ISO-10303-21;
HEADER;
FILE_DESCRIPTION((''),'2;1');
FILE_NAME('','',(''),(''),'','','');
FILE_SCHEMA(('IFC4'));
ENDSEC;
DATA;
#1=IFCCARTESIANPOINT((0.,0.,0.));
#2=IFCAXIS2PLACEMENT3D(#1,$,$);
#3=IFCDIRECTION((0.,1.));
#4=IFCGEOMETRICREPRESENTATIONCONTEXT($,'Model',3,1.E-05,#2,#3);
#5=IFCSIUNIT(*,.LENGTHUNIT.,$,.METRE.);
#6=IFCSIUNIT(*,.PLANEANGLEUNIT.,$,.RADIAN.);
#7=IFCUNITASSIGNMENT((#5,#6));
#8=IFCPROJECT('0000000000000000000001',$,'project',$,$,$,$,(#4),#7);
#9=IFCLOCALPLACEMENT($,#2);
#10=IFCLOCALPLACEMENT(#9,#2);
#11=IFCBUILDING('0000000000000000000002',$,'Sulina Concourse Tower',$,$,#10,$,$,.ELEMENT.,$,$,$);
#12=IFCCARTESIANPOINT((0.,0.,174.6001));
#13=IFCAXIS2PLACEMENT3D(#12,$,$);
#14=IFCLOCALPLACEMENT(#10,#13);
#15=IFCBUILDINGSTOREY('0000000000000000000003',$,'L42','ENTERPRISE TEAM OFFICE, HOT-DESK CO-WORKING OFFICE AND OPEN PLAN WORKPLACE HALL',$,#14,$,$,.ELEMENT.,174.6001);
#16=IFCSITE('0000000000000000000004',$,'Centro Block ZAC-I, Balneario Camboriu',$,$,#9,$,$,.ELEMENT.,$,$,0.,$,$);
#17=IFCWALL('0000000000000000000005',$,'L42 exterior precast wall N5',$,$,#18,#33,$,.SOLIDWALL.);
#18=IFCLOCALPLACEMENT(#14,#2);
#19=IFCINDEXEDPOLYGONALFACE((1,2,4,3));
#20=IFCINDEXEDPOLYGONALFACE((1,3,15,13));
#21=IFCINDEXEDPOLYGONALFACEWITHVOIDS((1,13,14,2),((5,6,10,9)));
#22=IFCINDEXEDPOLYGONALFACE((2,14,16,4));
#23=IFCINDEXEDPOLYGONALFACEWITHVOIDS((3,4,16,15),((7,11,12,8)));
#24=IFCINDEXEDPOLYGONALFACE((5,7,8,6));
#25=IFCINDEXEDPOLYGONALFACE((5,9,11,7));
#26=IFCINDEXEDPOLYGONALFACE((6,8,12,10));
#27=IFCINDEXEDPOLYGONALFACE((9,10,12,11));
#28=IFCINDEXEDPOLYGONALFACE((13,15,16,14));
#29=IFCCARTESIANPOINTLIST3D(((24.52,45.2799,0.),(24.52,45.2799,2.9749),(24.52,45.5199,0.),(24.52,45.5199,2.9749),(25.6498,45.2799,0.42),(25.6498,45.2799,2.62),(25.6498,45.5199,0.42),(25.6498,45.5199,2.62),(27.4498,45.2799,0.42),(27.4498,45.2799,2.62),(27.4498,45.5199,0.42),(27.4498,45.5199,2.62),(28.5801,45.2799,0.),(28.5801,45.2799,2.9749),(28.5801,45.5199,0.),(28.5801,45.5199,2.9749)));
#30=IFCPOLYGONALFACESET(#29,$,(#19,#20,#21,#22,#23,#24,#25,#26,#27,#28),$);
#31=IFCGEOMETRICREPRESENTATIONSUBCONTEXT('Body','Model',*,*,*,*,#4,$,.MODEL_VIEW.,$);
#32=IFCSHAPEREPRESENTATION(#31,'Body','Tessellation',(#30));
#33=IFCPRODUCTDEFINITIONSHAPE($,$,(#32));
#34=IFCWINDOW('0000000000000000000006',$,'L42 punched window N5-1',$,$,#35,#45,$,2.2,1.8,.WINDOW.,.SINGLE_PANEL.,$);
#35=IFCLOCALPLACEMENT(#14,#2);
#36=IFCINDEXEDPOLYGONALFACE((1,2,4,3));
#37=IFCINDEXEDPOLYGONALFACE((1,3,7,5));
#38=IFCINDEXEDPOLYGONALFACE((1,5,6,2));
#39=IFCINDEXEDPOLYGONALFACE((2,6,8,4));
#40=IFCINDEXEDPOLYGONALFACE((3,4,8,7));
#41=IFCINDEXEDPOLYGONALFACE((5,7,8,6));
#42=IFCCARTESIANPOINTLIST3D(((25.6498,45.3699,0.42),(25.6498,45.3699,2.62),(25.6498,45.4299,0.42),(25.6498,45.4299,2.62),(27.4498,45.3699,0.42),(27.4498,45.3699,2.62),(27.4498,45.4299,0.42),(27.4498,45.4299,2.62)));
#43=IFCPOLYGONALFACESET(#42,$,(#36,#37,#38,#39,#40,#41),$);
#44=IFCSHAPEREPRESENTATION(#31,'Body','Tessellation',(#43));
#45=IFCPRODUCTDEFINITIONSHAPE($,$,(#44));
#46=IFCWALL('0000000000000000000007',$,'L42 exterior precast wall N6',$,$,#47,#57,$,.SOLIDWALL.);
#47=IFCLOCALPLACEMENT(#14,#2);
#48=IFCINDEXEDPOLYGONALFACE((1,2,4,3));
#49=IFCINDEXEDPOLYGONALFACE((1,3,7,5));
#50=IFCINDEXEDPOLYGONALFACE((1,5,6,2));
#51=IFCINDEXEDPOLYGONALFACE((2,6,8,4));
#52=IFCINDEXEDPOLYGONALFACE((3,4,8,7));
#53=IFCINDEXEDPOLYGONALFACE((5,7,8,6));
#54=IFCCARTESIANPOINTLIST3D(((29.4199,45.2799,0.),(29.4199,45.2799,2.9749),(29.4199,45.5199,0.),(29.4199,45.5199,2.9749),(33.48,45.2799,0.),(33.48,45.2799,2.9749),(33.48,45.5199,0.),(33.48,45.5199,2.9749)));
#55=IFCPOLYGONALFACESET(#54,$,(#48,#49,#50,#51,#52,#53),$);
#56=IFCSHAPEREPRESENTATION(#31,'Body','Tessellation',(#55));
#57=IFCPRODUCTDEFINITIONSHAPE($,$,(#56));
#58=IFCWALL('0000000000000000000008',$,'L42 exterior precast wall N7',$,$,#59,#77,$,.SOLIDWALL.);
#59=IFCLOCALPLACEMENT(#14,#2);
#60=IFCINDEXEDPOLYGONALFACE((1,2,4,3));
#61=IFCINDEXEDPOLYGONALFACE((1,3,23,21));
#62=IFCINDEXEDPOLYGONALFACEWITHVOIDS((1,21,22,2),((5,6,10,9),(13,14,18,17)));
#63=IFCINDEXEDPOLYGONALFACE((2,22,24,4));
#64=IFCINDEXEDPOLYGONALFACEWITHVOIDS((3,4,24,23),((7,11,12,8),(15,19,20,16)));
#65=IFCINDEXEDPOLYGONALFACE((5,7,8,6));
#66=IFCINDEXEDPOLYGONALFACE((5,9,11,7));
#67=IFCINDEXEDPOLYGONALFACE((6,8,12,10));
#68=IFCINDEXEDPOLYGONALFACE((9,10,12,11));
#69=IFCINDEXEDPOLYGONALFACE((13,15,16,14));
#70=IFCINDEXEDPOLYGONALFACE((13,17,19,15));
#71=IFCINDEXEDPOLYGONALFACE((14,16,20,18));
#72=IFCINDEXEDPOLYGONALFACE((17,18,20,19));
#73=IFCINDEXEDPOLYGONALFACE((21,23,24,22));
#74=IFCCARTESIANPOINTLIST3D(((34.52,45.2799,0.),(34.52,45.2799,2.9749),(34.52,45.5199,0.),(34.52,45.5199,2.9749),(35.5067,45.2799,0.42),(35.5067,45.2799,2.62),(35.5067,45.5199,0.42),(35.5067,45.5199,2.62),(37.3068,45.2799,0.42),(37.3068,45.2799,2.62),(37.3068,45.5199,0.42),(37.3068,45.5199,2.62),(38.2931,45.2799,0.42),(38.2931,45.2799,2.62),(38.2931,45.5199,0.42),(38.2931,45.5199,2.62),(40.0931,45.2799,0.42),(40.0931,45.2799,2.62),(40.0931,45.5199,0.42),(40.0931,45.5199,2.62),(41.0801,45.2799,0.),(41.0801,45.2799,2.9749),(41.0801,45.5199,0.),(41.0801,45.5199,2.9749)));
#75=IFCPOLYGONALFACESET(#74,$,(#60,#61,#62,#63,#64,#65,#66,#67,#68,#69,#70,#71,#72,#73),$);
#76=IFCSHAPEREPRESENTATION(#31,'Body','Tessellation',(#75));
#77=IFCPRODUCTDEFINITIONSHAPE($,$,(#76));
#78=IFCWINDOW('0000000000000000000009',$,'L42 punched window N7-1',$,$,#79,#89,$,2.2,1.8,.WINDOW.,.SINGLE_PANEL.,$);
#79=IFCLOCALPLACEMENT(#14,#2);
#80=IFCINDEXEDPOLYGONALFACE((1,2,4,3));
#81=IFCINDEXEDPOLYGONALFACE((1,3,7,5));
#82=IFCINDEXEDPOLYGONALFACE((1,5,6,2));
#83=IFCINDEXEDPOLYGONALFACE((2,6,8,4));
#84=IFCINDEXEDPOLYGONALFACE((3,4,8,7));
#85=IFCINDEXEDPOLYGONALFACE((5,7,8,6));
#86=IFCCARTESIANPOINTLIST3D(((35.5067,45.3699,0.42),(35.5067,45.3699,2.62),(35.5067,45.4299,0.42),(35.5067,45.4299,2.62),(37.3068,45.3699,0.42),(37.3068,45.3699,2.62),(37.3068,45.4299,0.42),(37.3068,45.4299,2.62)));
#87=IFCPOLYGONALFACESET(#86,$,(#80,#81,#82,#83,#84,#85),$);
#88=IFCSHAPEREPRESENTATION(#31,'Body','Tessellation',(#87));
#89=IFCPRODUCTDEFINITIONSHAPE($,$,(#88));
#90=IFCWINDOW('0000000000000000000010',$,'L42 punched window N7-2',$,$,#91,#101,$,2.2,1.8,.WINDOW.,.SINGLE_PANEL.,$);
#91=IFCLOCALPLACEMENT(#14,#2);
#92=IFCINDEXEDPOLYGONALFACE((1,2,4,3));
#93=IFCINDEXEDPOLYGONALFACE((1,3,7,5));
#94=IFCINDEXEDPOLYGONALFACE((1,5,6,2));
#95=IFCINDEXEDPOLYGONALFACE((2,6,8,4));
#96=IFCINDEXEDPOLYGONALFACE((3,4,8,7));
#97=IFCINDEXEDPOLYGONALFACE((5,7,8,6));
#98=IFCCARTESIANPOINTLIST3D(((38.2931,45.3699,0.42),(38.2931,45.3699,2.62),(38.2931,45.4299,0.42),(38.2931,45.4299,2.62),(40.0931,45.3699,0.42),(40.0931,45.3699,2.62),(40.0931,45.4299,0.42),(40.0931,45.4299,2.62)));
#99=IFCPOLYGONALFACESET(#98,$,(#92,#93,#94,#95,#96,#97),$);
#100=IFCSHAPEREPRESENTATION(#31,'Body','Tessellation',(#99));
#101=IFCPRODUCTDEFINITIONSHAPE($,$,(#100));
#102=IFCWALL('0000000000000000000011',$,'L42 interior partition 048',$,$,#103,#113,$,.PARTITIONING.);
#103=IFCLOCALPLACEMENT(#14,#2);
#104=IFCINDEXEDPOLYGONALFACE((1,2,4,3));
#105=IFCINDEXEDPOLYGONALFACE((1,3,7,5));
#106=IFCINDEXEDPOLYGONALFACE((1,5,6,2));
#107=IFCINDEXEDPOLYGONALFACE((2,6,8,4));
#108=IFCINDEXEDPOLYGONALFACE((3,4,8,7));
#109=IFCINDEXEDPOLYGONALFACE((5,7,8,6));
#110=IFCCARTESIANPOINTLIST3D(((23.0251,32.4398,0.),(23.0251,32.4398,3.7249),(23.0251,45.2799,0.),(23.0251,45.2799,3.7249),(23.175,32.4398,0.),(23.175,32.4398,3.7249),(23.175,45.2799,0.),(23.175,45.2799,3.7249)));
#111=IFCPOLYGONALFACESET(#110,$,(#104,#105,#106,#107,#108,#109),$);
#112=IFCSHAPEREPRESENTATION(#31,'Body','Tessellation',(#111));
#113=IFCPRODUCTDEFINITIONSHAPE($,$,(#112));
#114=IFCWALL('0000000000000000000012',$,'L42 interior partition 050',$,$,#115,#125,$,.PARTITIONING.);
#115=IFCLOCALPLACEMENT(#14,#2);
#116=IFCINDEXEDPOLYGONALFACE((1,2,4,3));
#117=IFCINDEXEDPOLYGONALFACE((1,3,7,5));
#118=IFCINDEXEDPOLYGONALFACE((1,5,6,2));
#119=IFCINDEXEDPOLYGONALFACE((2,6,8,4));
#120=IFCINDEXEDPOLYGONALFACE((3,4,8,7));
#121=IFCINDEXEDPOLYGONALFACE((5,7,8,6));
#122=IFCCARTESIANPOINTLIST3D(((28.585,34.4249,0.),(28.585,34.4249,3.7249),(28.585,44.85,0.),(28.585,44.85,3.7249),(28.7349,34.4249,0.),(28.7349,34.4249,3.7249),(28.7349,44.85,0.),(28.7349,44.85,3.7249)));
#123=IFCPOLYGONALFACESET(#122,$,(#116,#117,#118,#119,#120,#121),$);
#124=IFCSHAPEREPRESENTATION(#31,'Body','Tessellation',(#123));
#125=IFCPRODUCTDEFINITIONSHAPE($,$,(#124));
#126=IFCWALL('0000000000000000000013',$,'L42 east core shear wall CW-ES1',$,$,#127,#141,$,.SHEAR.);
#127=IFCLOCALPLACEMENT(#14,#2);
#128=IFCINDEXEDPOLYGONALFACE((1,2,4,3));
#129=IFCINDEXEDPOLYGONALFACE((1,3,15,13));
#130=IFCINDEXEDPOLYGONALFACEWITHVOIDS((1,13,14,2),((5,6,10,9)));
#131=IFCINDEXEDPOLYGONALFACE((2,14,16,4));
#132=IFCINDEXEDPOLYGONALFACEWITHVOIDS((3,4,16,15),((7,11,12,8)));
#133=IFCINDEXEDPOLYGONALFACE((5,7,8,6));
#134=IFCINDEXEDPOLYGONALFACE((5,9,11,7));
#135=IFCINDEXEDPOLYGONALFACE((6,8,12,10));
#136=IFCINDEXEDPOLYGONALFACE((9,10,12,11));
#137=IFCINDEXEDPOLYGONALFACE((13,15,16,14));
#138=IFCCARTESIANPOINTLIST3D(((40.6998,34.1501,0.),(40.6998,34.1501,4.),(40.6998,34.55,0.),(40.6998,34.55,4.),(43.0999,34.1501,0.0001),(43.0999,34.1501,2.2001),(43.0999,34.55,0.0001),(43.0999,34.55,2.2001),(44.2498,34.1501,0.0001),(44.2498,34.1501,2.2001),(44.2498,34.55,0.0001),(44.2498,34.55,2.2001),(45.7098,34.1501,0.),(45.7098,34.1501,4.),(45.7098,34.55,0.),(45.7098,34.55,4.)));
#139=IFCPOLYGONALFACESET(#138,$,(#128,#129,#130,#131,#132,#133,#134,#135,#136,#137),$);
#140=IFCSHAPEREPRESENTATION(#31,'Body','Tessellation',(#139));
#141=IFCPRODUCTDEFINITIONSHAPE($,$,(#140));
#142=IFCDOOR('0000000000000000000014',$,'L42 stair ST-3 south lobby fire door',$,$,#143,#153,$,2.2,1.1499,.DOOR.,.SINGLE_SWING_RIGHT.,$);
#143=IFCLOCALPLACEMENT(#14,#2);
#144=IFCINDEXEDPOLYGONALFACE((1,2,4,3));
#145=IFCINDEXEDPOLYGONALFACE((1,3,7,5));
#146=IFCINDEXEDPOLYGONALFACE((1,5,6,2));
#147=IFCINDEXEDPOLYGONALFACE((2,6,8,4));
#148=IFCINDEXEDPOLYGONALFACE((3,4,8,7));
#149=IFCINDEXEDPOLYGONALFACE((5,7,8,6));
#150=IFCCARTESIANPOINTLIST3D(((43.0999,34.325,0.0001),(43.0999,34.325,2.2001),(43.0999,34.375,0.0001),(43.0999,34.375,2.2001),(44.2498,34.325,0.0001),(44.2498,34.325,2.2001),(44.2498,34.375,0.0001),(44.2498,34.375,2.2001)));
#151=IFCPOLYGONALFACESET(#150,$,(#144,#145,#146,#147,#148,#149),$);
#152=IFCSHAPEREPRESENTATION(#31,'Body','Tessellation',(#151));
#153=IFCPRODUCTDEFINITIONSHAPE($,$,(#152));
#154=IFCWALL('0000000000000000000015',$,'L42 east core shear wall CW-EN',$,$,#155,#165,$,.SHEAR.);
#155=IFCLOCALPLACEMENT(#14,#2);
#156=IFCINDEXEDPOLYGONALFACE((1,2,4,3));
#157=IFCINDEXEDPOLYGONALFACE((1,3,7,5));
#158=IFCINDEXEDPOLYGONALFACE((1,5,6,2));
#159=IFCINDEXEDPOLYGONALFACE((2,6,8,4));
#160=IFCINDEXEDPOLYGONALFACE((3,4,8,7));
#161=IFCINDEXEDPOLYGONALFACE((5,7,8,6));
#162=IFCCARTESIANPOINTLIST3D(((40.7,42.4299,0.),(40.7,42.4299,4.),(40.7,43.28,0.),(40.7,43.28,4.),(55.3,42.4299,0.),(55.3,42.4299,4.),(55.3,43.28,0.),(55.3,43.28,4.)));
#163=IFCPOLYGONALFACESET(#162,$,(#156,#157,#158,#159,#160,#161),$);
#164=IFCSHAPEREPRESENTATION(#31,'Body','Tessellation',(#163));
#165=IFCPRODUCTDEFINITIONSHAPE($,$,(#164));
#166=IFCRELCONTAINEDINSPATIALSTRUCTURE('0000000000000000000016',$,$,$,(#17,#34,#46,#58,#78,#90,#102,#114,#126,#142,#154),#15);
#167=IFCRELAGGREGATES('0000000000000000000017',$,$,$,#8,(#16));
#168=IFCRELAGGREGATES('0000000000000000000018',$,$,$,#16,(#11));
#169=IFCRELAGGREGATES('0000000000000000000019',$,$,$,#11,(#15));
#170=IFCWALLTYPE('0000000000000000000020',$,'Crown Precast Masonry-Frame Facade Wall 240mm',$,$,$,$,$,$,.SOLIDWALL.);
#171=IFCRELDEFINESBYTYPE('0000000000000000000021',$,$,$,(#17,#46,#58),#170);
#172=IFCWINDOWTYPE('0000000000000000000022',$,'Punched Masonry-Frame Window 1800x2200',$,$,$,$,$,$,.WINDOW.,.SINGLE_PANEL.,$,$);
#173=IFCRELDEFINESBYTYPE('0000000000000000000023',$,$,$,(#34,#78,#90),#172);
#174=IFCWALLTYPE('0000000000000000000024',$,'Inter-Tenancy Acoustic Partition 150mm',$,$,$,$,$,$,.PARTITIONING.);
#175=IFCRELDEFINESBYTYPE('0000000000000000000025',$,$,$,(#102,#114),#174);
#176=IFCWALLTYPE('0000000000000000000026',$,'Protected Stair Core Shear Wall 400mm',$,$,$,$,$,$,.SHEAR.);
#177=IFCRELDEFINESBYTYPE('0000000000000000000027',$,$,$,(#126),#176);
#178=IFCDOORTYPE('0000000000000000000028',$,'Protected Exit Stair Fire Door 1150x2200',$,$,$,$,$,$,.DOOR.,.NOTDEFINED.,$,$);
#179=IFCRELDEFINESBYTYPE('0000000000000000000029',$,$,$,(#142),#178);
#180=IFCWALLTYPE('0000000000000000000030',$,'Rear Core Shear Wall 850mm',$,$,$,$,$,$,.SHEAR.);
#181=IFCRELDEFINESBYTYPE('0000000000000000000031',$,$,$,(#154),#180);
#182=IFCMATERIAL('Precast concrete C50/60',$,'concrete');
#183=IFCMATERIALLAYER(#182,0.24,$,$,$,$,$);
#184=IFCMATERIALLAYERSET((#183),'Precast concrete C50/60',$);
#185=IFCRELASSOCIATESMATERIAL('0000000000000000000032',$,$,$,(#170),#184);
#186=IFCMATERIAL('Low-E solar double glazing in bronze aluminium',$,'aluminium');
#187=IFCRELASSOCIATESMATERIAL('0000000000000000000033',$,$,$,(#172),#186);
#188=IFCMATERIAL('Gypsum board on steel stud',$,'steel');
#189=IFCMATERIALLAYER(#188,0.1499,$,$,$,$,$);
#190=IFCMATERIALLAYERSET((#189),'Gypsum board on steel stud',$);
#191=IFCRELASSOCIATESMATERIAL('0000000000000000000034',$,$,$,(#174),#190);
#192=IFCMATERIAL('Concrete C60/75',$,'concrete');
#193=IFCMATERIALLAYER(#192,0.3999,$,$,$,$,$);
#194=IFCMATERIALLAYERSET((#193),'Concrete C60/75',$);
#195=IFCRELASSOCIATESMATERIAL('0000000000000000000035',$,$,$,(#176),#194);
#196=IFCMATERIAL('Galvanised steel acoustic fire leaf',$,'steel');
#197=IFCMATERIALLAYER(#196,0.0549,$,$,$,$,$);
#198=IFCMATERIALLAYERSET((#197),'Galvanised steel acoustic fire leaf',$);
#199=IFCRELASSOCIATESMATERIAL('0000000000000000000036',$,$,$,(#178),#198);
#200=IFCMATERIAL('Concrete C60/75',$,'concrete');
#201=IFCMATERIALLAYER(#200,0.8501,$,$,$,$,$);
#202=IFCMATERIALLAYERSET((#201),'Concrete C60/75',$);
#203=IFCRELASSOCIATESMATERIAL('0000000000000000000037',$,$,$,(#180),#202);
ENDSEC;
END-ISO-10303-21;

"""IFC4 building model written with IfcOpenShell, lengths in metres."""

from ifc_helpers import new_model, si_unit, direction, frame, frame_2d, origin, place, context, subcontext, project, spatial, rectangle, extrude, material, layer, layer_set, type_object, element, fill, save


model = new_model("IFC4")

# Units and contexts
model_context = context("Model", 3, precision=1e-05, world=origin(), true_north=direction((0.0, 1.0)))
body_context = subcontext(model_context, "Body", "Model", "MODEL_VIEW")
ifc_project = project(units=[si_unit("LENGTHUNIT", "METRE"), si_unit("PLANEANGLEUNIT", "RADIAN")], contexts=[model_context])

# Site, building, storey
site_placement = place(None, origin())
site = spatial("IfcSite", under=ifc_project, at=site_placement, Name="Centro Block ZAC-I, Balneario Camboriu", CompositionType="ELEMENT", RefElevation=0.0)
building_placement = place(site_placement, origin())
building = spatial("IfcBuilding", under=site, at=building_placement, Name="Sulina Concourse Tower", CompositionType="ELEMENT")
storey_placement = place(building_placement, frame((0.0, 0.0, 174.6001)))
storey = spatial("IfcBuildingStorey", under=building, at=storey_placement, Name="L42", Description="ENTERPRISE TEAM OFFICE, HOT-DESK CO-WORKING OFFICE AND OPEN PLAN WORKPLACE HALL", CompositionType="ELEMENT", Elevation=174.6001)

# Wall, opening, window
ifc_material_1 = material(Name="Precast concrete C50/60", Category="concrete")
ifc_layer_1 = layer(ifc_material_1, 0.24)
ifc_layer_set_1 = layer_set([ifc_layer_1], Name="Precast concrete C50/60")
wall_type_1 = type_object("IfcWallType", Name="Crown Precast Masonry-Frame Facade Wall 240mm", PredefinedType="SOLIDWALL", material=ifc_layer_set_1)
wall_1_placement = place(storey_placement, frame((24.52, 45.3999, 0.0), z_axis=(0.0, 0.0, 1.0), x_axis=(1.0, 0.0, 0.0)))
wall_1 = element("IfcWall", 1, at=wall_1_placement, inside=storey, type_object=wall_type_1, Name="L42 exterior precast wall N5", PredefinedType="SOLIDWALL", context=body_context, shape_type="SweptSolid", body=[
    extrude(rectangle(XDim=4.0601, YDim=0.24, at=frame_2d((2.03, 0.0))), origin(), (0.0, 0.0, 1.0), 2.9749),
])
opening_1_placement = place(wall_1_placement, frame((1.1299, 0.0, 0.4199)))
opening_1 = element("IfcOpeningElement", 2, at=opening_1_placement, cuts=wall_1, PredefinedType="OPENING", context=body_context, shape_type="SweptSolid", body=[
    extrude(rectangle(XDim=1.8, YDim=2.2, at=frame_2d((0.8999, 1.1001))), frame((0.0, 0.1299, 0.0), z_axis=(0.0, -1.0, 0.0), x_axis=(1.0, 0.0, 0.0)), (0.0, 0.0, 1.0), 0.26),
])
ifc_material_2 = material(Name="Low-E solar double glazing in bronze aluminium", Category="aluminium")
window_type = type_object("IfcWindowType", Name="Punched Masonry-Frame Window 1800x2200", PartitioningType="SINGLE_PANEL", PredefinedType="WINDOW", material=ifc_material_2)
window_1_placement = place(opening_1_placement, origin())
window_1 = element("IfcWindow", 3, at=window_1_placement, inside=storey, type_object=window_type, Name="L42 punched window N5-1", OverallHeight=2.2, OverallWidth=1.8, PartitioningType="SINGLE_PANEL", PredefinedType="WINDOW", context=body_context, shape_type="SweptSolid", body=[
    extrude(rectangle(XDim=1.8, YDim=2.2, at=frame_2d((0.8999, 1.1001))), frame((0.0, 0.03, 0.0), z_axis=(0.0, -1.0, 0.0), x_axis=(1.0, 0.0, 0.0)), (0.0, 0.0, 1.0), 0.0601),
])
fill(opening_1, window_1)

# Wall
wall_2_placement = place(storey_placement, frame((29.4199, 45.3999, 0.0), z_axis=(0.0, 0.0, 1.0), x_axis=(1.0, 0.0, 0.0)))
element("IfcWall", 4, at=wall_2_placement, inside=storey, type_object=wall_type_1, Name="L42 exterior precast wall N6", PredefinedType="SOLIDWALL", context=body_context, shape_type="SweptSolid", body=[
    extrude(rectangle(XDim=4.0601, YDim=0.24, at=frame_2d((2.03, 0.0))), origin(), (0.0, 0.0, 1.0), 2.9749),
])

# Wall, openings, windows
wall_3_placement = place(storey_placement, frame((34.52, 45.3999, 0.0), z_axis=(0.0, 0.0, 1.0), x_axis=(1.0, 0.0, 0.0)))
wall_3 = element("IfcWall", 5, at=wall_3_placement, inside=storey, type_object=wall_type_1, Name="L42 exterior precast wall N7", PredefinedType="SOLIDWALL", context=body_context, shape_type="SweptSolid", body=[
    extrude(rectangle(XDim=6.5601, YDim=0.24, at=frame_2d((3.28, 0.0))), origin(), (0.0, 0.0, 1.0), 2.9749),
])
opening_2_placement = place(wall_3_placement, frame((0.9868, 0.0, 0.4199)))
opening_2 = element("IfcOpeningElement", 6, at=opening_2_placement, cuts=wall_3, PredefinedType="OPENING", context=body_context, shape_type="SweptSolid", body=[
    extrude(rectangle(XDim=1.8, YDim=2.2, at=frame_2d((0.8999, 1.1001))), frame((0.0, 0.1299, 0.0), z_axis=(0.0, -1.0, 0.0), x_axis=(1.0, 0.0, 0.0)), (0.0, 0.0, 1.0), 0.26),
])
opening_3_placement = place(wall_3_placement, frame((3.7732, 0.0, 0.4199)))
opening_3 = element("IfcOpeningElement", 7, at=opening_3_placement, cuts=wall_3, PredefinedType="OPENING", context=body_context, shape_type="SweptSolid", body=[
    extrude(rectangle(XDim=1.8, YDim=2.2, at=frame_2d((0.8999, 1.1001))), frame((0.0, 0.1299, 0.0), z_axis=(0.0, -1.0, 0.0), x_axis=(1.0, 0.0, 0.0)), (0.0, 0.0, 1.0), 0.26),
])
window_2_placement = place(opening_2_placement, origin())
window_2 = element("IfcWindow", 8, at=window_2_placement, inside=storey, type_object=window_type, Name="L42 punched window N7-1", OverallHeight=2.2, OverallWidth=1.8, PartitioningType="SINGLE_PANEL", PredefinedType="WINDOW", context=body_context, shape_type="SweptSolid", body=[
    extrude(rectangle(XDim=1.8, YDim=2.2, at=frame_2d((0.8999, 1.1001))), frame((0.0, 0.03, 0.0), z_axis=(0.0, -1.0, 0.0), x_axis=(1.0, 0.0, 0.0)), (0.0, 0.0, 1.0), 0.0601),
])
fill(opening_2, window_2)
window_3_placement = place(opening_3_placement, origin())
window_3 = element("IfcWindow", 9, at=window_3_placement, inside=storey, type_object=window_type, Name="L42 punched window N7-2", OverallHeight=2.2, OverallWidth=1.8, PartitioningType="SINGLE_PANEL", PredefinedType="WINDOW", context=body_context, shape_type="SweptSolid", body=[
    extrude(rectangle(XDim=1.8, YDim=2.2, at=frame_2d((0.8999, 1.1001))), frame((0.0, 0.03, 0.0), z_axis=(0.0, -1.0, 0.0), x_axis=(1.0, 0.0, 0.0)), (0.0, 0.0, 1.0), 0.0601),
])
fill(opening_3, window_3)

# Walls
ifc_material_3 = material(Name="Gypsum board on steel stud", Category="steel")
ifc_layer_2 = layer(ifc_material_3, 0.1499)
ifc_layer_set_2 = layer_set([ifc_layer_2], Name="Gypsum board on steel stud")
wall_type_2 = type_object("IfcWallType", Name="Inter-Tenancy Acoustic Partition 150mm", PredefinedType="PARTITIONING", material=ifc_layer_set_2)
wall_4_placement = place(storey_placement, frame((23.1001, 32.4399, 0.0), z_axis=(0.0, 0.0, 1.0), x_axis=(0.0, 1.0, 0.0)))
element("IfcWall", 10, at=wall_4_placement, inside=storey, type_object=wall_type_2, Name="L42 interior partition 048", PredefinedType="PARTITIONING", context=body_context, shape_type="SweptSolid", body=[
    extrude(rectangle(XDim=12.8401, YDim=0.1499, at=frame_2d((6.4199, 0.0))), origin(), (0.0, 0.0, 1.0), 3.7249),
])
wall_5_placement = place(storey_placement, frame((28.6599, 34.425, 0.0), z_axis=(0.0, 0.0, 1.0), x_axis=(0.0, 1.0, 0.0)))
element("IfcWall", 11, at=wall_5_placement, inside=storey, type_object=wall_type_2, Name="L42 interior partition 050", PredefinedType="PARTITIONING", context=body_context, shape_type="SweptSolid", body=[
    extrude(rectangle(XDim=10.425, YDim=0.1499, at=frame_2d((5.2124, 0.0))), origin(), (0.0, 0.0, 1.0), 3.7249),
])

# Wall, opening, door
ifc_material_4 = material(Name="Concrete C60/75", Category="concrete")
ifc_layer_3 = layer(ifc_material_4, 0.3999)
ifc_layer_set_3 = layer_set([ifc_layer_3], Name="Concrete C60/75")
wall_type_3 = type_object("IfcWallType", Name="Protected Stair Core Shear Wall 400mm", PredefinedType="SHEAR", material=ifc_layer_set_3)
wall_6_placement = place(storey_placement, frame((40.7, 34.3501, 0.0), z_axis=(0.0, 0.0, 1.0), x_axis=(1.0, 0.0, 0.0)))
wall_6 = element("IfcWall", 12, at=wall_6_placement, inside=storey, type_object=wall_type_3, Name="L42 east core shear wall CW-ES1", PredefinedType="SHEAR", context=body_context, shape_type="SweptSolid", body=[
    extrude(rectangle(XDim=5.01, YDim=0.3999, at=frame_2d((2.5049, 0.0))), origin(), (0.0, 0.0, 1.0), 4.0),
])
opening_4_placement = place(wall_6_placement, frame((2.3999, 0.0, 0.0)))
opening_4 = element("IfcOpeningElement", 13, at=opening_4_placement, cuts=wall_6, PredefinedType="OPENING", context=body_context, shape_type="SweptSolid", body=[
    extrude(rectangle(XDim=1.1499, YDim=2.2, at=frame_2d((0.575, 1.1001))), frame((0.0, 0.21, 0.0), z_axis=(0.0, -1.0, 0.0), x_axis=(1.0, 0.0, 0.0)), (0.0, 0.0, 1.0), 0.4199),
])
ifc_material_5 = material(Name="Galvanised steel acoustic fire leaf", Category="steel")
ifc_layer_4 = layer(ifc_material_5, 0.0549)
ifc_layer_set_4 = layer_set([ifc_layer_4], Name="Galvanised steel acoustic fire leaf")
door_type = type_object("IfcDoorType", Name="Protected Exit Stair Fire Door 1150x2200", OperationType="NOTDEFINED", PredefinedType="DOOR", material=ifc_layer_set_4)
door_placement = place(opening_4_placement, origin())
door = element("IfcDoor", 14, at=door_placement, inside=storey, type_object=door_type, Name="L42 stair ST-3 south lobby fire door", OperationType="SINGLE_SWING_RIGHT", OverallHeight=2.2, OverallWidth=1.1499, PredefinedType="DOOR", context=body_context, shape_type="SweptSolid", body=[
    extrude(rectangle(XDim=1.1499, YDim=2.2, at=frame_2d((0.575, 1.1001))), frame((0.0, 0.0249, 0.0), z_axis=(0.0, -1.0, 0.0), x_axis=(1.0, 0.0, 0.0)), (0.0, 0.0, 1.0), 0.05),
])
fill(opening_4, door)

# Wall
ifc_material_6 = material(Name="Concrete C60/75", Category="concrete")
ifc_layer_5 = layer(ifc_material_6, 0.8501)
ifc_layer_set_5 = layer_set([ifc_layer_5], Name="Concrete C60/75")
wall_type_4 = type_object("IfcWallType", Name="Rear Core Shear Wall 850mm", PredefinedType="SHEAR", material=ifc_layer_set_5)
wall_7_placement = place(storey_placement, frame((40.7, 42.855, 0.0), z_axis=(0.0, 0.0, 1.0), x_axis=(1.0, 0.0, 0.0)))
element("IfcWall", 15, at=wall_7_placement, inside=storey, type_object=wall_type_4, Name="L42 east core shear wall CW-EN", PredefinedType="SHEAR", context=body_context, shape_type="SweptSolid", body=[
    extrude(rectangle(XDim=14.6001, YDim=0.8501, at=frame_2d((7.3, 0.0))), origin(), (0.0, 0.0, 1.0), 4.0),
])

save(model, "model.ifc")
